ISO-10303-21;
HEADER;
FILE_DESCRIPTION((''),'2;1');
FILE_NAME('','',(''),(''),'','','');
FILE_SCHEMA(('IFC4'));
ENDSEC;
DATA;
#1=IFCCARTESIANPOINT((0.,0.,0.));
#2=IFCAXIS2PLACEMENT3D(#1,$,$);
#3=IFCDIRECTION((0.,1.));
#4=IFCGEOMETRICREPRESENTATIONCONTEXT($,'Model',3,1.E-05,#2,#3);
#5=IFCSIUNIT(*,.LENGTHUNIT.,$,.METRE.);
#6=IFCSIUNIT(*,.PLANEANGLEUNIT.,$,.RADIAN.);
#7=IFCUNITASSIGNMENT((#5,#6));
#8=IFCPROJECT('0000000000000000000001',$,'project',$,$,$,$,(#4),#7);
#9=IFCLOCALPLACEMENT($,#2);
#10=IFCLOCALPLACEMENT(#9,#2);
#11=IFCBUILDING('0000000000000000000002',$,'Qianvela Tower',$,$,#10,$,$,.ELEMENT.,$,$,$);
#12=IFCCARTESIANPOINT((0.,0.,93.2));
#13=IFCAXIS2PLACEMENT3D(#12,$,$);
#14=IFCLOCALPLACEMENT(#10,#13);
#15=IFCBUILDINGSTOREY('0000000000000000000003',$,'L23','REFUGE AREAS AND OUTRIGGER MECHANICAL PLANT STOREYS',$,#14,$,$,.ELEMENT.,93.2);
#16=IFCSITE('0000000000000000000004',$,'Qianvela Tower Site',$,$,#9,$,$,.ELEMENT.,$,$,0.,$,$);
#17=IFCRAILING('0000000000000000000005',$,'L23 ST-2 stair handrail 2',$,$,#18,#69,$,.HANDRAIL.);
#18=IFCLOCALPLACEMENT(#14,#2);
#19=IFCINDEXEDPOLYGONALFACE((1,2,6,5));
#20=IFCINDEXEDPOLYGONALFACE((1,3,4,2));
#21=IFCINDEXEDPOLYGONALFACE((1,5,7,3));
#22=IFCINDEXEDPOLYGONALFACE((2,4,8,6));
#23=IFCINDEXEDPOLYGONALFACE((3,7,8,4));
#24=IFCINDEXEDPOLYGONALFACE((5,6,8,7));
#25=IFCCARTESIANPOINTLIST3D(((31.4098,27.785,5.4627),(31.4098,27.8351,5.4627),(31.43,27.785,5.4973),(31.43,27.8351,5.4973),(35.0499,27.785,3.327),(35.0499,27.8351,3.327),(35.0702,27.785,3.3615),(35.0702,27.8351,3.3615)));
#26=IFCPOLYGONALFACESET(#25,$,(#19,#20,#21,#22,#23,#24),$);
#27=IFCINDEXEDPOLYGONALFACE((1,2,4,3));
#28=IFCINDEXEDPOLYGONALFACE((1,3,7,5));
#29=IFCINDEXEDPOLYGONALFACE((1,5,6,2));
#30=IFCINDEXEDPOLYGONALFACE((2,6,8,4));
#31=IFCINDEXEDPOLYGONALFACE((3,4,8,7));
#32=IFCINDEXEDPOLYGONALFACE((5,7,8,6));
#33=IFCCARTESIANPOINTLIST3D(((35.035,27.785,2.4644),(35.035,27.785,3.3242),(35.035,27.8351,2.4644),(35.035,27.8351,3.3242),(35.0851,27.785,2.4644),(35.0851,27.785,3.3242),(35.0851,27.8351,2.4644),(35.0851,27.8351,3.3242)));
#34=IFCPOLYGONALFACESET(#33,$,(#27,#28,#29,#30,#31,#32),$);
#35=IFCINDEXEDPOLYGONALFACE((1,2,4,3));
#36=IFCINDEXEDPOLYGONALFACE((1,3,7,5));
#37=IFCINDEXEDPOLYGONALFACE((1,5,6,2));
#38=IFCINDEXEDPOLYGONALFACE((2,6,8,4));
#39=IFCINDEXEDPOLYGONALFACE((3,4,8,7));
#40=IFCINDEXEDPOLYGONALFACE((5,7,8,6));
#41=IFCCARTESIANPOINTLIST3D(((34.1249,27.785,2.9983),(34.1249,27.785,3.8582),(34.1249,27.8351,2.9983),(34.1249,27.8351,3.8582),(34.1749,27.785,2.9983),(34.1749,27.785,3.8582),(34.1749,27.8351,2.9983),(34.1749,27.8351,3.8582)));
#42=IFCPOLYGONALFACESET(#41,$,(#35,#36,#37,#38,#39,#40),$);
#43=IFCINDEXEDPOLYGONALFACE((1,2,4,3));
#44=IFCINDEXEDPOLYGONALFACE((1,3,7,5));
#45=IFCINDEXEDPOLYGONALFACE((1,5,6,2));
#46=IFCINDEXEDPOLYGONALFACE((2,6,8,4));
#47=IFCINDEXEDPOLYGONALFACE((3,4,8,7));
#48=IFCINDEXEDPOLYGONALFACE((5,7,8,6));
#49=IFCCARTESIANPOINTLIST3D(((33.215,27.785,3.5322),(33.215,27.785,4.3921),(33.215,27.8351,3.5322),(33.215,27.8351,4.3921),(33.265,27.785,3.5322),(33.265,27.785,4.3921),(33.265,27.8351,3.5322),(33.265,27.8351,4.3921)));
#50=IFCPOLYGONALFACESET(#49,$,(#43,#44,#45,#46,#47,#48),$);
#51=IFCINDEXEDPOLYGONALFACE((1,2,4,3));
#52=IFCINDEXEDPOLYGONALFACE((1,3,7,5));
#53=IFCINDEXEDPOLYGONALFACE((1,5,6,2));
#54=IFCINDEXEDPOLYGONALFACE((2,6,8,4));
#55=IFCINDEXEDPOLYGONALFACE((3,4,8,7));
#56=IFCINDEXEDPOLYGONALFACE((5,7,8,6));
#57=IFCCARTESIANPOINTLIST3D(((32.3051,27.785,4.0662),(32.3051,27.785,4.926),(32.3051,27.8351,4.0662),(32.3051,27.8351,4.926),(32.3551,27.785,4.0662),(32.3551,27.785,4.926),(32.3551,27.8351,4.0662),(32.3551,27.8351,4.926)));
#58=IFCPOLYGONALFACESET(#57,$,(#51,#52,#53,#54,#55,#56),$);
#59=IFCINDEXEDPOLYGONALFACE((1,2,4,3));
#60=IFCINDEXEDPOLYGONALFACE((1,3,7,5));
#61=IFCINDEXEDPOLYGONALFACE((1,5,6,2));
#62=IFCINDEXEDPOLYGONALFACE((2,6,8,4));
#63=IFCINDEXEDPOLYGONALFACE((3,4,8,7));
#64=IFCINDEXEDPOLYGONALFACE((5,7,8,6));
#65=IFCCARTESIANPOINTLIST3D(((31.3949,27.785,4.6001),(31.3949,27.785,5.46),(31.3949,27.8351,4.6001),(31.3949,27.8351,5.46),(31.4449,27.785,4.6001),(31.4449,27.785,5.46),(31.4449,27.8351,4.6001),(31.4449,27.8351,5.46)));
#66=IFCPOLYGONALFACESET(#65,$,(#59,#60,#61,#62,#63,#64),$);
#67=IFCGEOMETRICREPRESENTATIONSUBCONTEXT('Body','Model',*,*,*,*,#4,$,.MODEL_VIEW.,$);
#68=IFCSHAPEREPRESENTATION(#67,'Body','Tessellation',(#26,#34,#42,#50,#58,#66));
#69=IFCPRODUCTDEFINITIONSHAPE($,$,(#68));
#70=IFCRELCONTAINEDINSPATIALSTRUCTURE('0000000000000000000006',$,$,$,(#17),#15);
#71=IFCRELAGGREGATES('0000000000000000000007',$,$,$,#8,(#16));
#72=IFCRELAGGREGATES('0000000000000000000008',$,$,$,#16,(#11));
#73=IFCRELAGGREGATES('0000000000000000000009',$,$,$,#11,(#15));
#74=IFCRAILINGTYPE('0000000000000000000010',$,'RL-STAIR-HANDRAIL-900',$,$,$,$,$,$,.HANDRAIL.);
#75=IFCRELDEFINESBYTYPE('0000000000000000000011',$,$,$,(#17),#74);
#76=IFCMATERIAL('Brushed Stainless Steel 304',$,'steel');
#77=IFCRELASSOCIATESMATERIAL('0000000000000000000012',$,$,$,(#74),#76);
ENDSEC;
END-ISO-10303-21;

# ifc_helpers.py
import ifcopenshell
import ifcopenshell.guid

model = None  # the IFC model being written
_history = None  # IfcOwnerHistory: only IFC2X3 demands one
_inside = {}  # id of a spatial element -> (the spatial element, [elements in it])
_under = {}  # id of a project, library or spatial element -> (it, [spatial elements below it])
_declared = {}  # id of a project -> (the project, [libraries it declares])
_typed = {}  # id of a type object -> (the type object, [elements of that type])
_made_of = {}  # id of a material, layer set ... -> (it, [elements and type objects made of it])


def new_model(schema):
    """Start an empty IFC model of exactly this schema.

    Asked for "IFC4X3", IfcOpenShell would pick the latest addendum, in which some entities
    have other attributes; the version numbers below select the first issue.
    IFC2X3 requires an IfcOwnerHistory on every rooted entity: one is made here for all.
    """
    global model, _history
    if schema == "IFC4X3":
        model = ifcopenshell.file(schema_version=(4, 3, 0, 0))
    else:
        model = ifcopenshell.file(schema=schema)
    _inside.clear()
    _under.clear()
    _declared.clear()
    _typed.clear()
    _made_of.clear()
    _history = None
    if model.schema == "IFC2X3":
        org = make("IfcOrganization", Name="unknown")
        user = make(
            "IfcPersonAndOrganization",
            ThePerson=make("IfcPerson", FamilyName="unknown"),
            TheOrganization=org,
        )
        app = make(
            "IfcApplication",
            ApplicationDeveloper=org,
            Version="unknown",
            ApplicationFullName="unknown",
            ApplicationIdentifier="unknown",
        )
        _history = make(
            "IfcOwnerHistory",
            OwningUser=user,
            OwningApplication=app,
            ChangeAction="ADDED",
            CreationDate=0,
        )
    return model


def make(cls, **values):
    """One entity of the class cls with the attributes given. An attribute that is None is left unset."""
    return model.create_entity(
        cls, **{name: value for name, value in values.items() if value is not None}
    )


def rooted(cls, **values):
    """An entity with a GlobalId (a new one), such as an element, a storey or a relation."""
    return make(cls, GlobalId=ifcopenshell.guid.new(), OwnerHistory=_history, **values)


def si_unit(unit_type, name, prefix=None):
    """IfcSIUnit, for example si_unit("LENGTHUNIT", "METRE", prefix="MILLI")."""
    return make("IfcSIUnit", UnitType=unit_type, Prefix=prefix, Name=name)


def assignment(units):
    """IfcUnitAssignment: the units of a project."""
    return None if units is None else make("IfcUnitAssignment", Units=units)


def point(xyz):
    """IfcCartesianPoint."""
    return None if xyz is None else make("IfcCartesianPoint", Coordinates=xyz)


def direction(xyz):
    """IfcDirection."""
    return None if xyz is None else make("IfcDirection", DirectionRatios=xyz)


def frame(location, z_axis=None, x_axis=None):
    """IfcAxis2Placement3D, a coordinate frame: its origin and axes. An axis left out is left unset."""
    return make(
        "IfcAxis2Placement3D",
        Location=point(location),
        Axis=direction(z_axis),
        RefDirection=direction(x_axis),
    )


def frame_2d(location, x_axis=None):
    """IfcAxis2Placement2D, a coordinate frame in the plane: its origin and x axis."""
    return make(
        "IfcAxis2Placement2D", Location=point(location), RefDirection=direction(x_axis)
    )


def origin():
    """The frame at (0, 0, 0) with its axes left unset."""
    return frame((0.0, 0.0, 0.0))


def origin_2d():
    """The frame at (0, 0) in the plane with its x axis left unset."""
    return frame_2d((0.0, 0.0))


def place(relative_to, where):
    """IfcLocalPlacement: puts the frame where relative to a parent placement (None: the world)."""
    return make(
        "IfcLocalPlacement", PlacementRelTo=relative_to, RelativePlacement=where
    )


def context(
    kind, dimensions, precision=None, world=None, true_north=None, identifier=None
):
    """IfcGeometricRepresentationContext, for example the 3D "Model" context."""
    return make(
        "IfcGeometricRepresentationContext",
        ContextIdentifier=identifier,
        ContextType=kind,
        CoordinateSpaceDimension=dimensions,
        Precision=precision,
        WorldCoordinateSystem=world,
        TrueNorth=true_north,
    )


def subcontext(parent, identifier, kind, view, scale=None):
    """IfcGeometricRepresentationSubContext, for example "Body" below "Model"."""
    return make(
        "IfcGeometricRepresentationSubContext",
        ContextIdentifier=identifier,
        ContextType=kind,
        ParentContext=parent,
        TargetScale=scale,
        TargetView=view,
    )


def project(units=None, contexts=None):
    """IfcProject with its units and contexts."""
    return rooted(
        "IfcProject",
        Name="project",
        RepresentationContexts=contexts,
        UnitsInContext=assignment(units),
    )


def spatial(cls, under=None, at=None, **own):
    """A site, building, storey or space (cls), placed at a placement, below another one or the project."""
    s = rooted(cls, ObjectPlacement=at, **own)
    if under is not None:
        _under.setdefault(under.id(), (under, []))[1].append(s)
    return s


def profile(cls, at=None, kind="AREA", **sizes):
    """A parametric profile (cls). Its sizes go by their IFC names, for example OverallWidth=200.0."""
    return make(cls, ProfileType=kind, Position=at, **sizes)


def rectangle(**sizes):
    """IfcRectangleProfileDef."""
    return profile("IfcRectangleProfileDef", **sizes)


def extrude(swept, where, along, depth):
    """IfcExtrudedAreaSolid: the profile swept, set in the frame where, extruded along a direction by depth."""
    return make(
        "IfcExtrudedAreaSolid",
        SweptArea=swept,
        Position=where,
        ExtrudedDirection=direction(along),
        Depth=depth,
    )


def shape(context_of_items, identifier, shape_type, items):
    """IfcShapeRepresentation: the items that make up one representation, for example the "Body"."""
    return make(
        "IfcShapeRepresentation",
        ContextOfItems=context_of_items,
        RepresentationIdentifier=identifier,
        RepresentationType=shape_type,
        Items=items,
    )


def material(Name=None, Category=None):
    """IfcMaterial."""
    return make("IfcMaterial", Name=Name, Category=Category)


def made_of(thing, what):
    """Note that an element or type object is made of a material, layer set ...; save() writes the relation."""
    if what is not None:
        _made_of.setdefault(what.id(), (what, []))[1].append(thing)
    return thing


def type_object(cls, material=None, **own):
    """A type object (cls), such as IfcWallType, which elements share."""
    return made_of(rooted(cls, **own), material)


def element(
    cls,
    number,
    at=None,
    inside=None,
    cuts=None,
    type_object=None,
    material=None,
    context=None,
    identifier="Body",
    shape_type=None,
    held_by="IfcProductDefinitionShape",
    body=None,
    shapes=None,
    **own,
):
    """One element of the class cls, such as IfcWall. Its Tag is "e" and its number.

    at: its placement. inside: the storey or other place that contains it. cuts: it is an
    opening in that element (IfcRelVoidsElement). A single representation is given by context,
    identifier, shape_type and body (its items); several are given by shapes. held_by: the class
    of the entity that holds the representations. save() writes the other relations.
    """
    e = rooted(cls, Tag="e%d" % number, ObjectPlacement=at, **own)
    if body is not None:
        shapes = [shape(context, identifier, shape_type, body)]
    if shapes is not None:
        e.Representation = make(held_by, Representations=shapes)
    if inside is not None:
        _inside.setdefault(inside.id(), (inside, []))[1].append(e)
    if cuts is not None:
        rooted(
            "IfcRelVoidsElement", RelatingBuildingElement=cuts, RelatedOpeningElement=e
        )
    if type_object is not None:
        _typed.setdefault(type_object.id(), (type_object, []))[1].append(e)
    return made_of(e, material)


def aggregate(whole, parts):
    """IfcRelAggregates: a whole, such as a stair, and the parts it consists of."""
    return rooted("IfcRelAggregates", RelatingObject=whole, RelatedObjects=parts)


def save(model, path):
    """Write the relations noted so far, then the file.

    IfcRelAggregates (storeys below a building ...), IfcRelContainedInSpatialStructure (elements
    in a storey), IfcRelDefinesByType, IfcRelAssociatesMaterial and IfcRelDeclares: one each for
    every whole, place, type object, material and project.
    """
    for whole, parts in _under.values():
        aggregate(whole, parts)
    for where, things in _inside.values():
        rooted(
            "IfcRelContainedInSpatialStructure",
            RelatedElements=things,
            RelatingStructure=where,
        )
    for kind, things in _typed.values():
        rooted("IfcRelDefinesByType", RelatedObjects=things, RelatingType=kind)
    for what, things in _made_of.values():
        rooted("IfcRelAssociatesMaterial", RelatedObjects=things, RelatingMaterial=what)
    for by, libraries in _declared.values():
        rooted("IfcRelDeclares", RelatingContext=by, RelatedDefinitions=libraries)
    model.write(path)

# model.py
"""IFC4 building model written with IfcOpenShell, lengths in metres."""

from ifc_helpers import new_model, si_unit, direction, frame, origin, origin_2d, place, context, subcontext, project, spatial, rectangle, extrude, material, type_object, element, save


model = new_model("IFC4")

# Units and contexts
model_context = context("Model", 3, precision=1e-05, world=origin(), true_north=direction((0.0, 1.0)))
body_context = subcontext(model_context, "Body", "Model", "MODEL_VIEW")
ifc_project = project(units=[si_unit("LENGTHUNIT", "METRE"), si_unit("PLANEANGLEUNIT", "RADIAN")], contexts=[model_context])

# Site, building, storey
site_placement = place(None, origin())
site = spatial("IfcSite", under=ifc_project, at=site_placement, Name="Qianvela Tower Site", CompositionType="ELEMENT", RefElevation=0.0)
building_placement = place(site_placement, origin())
building = spatial("IfcBuilding", under=site, at=building_placement, Name="Qianvela Tower", CompositionType="ELEMENT")
storey_placement = place(building_placement, frame((0.0, 0.0, 93.2)))
storey = spatial("IfcBuildingStorey", under=building, at=storey_placement, Name="L23", Description="REFUGE AREAS AND OUTRIGGER MECHANICAL PLANT STOREYS", CompositionType="ELEMENT", Elevation=93.2)

# Railing
ifc_material_1 = material(Name="Brushed Stainless Steel 304", Category="steel")
railing_type_1 = type_object("IfcRailingType", Name="RL-STAIR-HANDRAIL-900", PredefinedType="HANDRAIL", material=ifc_material_1)
railing_1_placement = place(storey_placement, frame((35.0601, 27.8101, 2.4644)))
element("IfcRailing", 1, at=railing_1_placement, inside=storey, type_object=railing_type_1, Name="L23 ST-2 stair handrail 2", PredefinedType="HANDRAIL", context=body_context, shape_type="SweptSolid", body=[
    extrude(rectangle(XDim=0.05, YDim=0.04, at=origin_2d()), frame((0.0, 0.0, 0.8799), z_axis=(-0.862505, 0.0, 0.506049), x_axis=(0.0, -1.0, 0.0)), (0.0, 0.0, 1.0), 4.2205),
    extrude(rectangle(XDim=0.05, YDim=0.05, at=origin_2d()), origin(), (0.0, 0.0, 1.0), 0.8599),
    extrude(rectangle(XDim=0.05, YDim=0.05, at=origin_2d()), frame((-0.9102, 0.0, 0.5339)), (0.0, 0.0, 1.0), 0.8599),
    extrude(rectangle(XDim=0.05, YDim=0.05, at=origin_2d()), frame((-1.8201, 0.0, 1.0679)), (0.0, 0.0, 1.0), 0.8599),
    extrude(rectangle(XDim=0.05, YDim=0.05, at=origin_2d()), frame((-2.73, 0.0, 1.6018)), (0.0, 0.0, 1.0), 0.8599),
    extrude(rectangle(XDim=0.05, YDim=0.05, at=origin_2d()), frame((-3.6401, 0.0, 2.1357)), (0.0, 0.0, 1.0), 0.8599),
])

save(model, "model.ifc")
